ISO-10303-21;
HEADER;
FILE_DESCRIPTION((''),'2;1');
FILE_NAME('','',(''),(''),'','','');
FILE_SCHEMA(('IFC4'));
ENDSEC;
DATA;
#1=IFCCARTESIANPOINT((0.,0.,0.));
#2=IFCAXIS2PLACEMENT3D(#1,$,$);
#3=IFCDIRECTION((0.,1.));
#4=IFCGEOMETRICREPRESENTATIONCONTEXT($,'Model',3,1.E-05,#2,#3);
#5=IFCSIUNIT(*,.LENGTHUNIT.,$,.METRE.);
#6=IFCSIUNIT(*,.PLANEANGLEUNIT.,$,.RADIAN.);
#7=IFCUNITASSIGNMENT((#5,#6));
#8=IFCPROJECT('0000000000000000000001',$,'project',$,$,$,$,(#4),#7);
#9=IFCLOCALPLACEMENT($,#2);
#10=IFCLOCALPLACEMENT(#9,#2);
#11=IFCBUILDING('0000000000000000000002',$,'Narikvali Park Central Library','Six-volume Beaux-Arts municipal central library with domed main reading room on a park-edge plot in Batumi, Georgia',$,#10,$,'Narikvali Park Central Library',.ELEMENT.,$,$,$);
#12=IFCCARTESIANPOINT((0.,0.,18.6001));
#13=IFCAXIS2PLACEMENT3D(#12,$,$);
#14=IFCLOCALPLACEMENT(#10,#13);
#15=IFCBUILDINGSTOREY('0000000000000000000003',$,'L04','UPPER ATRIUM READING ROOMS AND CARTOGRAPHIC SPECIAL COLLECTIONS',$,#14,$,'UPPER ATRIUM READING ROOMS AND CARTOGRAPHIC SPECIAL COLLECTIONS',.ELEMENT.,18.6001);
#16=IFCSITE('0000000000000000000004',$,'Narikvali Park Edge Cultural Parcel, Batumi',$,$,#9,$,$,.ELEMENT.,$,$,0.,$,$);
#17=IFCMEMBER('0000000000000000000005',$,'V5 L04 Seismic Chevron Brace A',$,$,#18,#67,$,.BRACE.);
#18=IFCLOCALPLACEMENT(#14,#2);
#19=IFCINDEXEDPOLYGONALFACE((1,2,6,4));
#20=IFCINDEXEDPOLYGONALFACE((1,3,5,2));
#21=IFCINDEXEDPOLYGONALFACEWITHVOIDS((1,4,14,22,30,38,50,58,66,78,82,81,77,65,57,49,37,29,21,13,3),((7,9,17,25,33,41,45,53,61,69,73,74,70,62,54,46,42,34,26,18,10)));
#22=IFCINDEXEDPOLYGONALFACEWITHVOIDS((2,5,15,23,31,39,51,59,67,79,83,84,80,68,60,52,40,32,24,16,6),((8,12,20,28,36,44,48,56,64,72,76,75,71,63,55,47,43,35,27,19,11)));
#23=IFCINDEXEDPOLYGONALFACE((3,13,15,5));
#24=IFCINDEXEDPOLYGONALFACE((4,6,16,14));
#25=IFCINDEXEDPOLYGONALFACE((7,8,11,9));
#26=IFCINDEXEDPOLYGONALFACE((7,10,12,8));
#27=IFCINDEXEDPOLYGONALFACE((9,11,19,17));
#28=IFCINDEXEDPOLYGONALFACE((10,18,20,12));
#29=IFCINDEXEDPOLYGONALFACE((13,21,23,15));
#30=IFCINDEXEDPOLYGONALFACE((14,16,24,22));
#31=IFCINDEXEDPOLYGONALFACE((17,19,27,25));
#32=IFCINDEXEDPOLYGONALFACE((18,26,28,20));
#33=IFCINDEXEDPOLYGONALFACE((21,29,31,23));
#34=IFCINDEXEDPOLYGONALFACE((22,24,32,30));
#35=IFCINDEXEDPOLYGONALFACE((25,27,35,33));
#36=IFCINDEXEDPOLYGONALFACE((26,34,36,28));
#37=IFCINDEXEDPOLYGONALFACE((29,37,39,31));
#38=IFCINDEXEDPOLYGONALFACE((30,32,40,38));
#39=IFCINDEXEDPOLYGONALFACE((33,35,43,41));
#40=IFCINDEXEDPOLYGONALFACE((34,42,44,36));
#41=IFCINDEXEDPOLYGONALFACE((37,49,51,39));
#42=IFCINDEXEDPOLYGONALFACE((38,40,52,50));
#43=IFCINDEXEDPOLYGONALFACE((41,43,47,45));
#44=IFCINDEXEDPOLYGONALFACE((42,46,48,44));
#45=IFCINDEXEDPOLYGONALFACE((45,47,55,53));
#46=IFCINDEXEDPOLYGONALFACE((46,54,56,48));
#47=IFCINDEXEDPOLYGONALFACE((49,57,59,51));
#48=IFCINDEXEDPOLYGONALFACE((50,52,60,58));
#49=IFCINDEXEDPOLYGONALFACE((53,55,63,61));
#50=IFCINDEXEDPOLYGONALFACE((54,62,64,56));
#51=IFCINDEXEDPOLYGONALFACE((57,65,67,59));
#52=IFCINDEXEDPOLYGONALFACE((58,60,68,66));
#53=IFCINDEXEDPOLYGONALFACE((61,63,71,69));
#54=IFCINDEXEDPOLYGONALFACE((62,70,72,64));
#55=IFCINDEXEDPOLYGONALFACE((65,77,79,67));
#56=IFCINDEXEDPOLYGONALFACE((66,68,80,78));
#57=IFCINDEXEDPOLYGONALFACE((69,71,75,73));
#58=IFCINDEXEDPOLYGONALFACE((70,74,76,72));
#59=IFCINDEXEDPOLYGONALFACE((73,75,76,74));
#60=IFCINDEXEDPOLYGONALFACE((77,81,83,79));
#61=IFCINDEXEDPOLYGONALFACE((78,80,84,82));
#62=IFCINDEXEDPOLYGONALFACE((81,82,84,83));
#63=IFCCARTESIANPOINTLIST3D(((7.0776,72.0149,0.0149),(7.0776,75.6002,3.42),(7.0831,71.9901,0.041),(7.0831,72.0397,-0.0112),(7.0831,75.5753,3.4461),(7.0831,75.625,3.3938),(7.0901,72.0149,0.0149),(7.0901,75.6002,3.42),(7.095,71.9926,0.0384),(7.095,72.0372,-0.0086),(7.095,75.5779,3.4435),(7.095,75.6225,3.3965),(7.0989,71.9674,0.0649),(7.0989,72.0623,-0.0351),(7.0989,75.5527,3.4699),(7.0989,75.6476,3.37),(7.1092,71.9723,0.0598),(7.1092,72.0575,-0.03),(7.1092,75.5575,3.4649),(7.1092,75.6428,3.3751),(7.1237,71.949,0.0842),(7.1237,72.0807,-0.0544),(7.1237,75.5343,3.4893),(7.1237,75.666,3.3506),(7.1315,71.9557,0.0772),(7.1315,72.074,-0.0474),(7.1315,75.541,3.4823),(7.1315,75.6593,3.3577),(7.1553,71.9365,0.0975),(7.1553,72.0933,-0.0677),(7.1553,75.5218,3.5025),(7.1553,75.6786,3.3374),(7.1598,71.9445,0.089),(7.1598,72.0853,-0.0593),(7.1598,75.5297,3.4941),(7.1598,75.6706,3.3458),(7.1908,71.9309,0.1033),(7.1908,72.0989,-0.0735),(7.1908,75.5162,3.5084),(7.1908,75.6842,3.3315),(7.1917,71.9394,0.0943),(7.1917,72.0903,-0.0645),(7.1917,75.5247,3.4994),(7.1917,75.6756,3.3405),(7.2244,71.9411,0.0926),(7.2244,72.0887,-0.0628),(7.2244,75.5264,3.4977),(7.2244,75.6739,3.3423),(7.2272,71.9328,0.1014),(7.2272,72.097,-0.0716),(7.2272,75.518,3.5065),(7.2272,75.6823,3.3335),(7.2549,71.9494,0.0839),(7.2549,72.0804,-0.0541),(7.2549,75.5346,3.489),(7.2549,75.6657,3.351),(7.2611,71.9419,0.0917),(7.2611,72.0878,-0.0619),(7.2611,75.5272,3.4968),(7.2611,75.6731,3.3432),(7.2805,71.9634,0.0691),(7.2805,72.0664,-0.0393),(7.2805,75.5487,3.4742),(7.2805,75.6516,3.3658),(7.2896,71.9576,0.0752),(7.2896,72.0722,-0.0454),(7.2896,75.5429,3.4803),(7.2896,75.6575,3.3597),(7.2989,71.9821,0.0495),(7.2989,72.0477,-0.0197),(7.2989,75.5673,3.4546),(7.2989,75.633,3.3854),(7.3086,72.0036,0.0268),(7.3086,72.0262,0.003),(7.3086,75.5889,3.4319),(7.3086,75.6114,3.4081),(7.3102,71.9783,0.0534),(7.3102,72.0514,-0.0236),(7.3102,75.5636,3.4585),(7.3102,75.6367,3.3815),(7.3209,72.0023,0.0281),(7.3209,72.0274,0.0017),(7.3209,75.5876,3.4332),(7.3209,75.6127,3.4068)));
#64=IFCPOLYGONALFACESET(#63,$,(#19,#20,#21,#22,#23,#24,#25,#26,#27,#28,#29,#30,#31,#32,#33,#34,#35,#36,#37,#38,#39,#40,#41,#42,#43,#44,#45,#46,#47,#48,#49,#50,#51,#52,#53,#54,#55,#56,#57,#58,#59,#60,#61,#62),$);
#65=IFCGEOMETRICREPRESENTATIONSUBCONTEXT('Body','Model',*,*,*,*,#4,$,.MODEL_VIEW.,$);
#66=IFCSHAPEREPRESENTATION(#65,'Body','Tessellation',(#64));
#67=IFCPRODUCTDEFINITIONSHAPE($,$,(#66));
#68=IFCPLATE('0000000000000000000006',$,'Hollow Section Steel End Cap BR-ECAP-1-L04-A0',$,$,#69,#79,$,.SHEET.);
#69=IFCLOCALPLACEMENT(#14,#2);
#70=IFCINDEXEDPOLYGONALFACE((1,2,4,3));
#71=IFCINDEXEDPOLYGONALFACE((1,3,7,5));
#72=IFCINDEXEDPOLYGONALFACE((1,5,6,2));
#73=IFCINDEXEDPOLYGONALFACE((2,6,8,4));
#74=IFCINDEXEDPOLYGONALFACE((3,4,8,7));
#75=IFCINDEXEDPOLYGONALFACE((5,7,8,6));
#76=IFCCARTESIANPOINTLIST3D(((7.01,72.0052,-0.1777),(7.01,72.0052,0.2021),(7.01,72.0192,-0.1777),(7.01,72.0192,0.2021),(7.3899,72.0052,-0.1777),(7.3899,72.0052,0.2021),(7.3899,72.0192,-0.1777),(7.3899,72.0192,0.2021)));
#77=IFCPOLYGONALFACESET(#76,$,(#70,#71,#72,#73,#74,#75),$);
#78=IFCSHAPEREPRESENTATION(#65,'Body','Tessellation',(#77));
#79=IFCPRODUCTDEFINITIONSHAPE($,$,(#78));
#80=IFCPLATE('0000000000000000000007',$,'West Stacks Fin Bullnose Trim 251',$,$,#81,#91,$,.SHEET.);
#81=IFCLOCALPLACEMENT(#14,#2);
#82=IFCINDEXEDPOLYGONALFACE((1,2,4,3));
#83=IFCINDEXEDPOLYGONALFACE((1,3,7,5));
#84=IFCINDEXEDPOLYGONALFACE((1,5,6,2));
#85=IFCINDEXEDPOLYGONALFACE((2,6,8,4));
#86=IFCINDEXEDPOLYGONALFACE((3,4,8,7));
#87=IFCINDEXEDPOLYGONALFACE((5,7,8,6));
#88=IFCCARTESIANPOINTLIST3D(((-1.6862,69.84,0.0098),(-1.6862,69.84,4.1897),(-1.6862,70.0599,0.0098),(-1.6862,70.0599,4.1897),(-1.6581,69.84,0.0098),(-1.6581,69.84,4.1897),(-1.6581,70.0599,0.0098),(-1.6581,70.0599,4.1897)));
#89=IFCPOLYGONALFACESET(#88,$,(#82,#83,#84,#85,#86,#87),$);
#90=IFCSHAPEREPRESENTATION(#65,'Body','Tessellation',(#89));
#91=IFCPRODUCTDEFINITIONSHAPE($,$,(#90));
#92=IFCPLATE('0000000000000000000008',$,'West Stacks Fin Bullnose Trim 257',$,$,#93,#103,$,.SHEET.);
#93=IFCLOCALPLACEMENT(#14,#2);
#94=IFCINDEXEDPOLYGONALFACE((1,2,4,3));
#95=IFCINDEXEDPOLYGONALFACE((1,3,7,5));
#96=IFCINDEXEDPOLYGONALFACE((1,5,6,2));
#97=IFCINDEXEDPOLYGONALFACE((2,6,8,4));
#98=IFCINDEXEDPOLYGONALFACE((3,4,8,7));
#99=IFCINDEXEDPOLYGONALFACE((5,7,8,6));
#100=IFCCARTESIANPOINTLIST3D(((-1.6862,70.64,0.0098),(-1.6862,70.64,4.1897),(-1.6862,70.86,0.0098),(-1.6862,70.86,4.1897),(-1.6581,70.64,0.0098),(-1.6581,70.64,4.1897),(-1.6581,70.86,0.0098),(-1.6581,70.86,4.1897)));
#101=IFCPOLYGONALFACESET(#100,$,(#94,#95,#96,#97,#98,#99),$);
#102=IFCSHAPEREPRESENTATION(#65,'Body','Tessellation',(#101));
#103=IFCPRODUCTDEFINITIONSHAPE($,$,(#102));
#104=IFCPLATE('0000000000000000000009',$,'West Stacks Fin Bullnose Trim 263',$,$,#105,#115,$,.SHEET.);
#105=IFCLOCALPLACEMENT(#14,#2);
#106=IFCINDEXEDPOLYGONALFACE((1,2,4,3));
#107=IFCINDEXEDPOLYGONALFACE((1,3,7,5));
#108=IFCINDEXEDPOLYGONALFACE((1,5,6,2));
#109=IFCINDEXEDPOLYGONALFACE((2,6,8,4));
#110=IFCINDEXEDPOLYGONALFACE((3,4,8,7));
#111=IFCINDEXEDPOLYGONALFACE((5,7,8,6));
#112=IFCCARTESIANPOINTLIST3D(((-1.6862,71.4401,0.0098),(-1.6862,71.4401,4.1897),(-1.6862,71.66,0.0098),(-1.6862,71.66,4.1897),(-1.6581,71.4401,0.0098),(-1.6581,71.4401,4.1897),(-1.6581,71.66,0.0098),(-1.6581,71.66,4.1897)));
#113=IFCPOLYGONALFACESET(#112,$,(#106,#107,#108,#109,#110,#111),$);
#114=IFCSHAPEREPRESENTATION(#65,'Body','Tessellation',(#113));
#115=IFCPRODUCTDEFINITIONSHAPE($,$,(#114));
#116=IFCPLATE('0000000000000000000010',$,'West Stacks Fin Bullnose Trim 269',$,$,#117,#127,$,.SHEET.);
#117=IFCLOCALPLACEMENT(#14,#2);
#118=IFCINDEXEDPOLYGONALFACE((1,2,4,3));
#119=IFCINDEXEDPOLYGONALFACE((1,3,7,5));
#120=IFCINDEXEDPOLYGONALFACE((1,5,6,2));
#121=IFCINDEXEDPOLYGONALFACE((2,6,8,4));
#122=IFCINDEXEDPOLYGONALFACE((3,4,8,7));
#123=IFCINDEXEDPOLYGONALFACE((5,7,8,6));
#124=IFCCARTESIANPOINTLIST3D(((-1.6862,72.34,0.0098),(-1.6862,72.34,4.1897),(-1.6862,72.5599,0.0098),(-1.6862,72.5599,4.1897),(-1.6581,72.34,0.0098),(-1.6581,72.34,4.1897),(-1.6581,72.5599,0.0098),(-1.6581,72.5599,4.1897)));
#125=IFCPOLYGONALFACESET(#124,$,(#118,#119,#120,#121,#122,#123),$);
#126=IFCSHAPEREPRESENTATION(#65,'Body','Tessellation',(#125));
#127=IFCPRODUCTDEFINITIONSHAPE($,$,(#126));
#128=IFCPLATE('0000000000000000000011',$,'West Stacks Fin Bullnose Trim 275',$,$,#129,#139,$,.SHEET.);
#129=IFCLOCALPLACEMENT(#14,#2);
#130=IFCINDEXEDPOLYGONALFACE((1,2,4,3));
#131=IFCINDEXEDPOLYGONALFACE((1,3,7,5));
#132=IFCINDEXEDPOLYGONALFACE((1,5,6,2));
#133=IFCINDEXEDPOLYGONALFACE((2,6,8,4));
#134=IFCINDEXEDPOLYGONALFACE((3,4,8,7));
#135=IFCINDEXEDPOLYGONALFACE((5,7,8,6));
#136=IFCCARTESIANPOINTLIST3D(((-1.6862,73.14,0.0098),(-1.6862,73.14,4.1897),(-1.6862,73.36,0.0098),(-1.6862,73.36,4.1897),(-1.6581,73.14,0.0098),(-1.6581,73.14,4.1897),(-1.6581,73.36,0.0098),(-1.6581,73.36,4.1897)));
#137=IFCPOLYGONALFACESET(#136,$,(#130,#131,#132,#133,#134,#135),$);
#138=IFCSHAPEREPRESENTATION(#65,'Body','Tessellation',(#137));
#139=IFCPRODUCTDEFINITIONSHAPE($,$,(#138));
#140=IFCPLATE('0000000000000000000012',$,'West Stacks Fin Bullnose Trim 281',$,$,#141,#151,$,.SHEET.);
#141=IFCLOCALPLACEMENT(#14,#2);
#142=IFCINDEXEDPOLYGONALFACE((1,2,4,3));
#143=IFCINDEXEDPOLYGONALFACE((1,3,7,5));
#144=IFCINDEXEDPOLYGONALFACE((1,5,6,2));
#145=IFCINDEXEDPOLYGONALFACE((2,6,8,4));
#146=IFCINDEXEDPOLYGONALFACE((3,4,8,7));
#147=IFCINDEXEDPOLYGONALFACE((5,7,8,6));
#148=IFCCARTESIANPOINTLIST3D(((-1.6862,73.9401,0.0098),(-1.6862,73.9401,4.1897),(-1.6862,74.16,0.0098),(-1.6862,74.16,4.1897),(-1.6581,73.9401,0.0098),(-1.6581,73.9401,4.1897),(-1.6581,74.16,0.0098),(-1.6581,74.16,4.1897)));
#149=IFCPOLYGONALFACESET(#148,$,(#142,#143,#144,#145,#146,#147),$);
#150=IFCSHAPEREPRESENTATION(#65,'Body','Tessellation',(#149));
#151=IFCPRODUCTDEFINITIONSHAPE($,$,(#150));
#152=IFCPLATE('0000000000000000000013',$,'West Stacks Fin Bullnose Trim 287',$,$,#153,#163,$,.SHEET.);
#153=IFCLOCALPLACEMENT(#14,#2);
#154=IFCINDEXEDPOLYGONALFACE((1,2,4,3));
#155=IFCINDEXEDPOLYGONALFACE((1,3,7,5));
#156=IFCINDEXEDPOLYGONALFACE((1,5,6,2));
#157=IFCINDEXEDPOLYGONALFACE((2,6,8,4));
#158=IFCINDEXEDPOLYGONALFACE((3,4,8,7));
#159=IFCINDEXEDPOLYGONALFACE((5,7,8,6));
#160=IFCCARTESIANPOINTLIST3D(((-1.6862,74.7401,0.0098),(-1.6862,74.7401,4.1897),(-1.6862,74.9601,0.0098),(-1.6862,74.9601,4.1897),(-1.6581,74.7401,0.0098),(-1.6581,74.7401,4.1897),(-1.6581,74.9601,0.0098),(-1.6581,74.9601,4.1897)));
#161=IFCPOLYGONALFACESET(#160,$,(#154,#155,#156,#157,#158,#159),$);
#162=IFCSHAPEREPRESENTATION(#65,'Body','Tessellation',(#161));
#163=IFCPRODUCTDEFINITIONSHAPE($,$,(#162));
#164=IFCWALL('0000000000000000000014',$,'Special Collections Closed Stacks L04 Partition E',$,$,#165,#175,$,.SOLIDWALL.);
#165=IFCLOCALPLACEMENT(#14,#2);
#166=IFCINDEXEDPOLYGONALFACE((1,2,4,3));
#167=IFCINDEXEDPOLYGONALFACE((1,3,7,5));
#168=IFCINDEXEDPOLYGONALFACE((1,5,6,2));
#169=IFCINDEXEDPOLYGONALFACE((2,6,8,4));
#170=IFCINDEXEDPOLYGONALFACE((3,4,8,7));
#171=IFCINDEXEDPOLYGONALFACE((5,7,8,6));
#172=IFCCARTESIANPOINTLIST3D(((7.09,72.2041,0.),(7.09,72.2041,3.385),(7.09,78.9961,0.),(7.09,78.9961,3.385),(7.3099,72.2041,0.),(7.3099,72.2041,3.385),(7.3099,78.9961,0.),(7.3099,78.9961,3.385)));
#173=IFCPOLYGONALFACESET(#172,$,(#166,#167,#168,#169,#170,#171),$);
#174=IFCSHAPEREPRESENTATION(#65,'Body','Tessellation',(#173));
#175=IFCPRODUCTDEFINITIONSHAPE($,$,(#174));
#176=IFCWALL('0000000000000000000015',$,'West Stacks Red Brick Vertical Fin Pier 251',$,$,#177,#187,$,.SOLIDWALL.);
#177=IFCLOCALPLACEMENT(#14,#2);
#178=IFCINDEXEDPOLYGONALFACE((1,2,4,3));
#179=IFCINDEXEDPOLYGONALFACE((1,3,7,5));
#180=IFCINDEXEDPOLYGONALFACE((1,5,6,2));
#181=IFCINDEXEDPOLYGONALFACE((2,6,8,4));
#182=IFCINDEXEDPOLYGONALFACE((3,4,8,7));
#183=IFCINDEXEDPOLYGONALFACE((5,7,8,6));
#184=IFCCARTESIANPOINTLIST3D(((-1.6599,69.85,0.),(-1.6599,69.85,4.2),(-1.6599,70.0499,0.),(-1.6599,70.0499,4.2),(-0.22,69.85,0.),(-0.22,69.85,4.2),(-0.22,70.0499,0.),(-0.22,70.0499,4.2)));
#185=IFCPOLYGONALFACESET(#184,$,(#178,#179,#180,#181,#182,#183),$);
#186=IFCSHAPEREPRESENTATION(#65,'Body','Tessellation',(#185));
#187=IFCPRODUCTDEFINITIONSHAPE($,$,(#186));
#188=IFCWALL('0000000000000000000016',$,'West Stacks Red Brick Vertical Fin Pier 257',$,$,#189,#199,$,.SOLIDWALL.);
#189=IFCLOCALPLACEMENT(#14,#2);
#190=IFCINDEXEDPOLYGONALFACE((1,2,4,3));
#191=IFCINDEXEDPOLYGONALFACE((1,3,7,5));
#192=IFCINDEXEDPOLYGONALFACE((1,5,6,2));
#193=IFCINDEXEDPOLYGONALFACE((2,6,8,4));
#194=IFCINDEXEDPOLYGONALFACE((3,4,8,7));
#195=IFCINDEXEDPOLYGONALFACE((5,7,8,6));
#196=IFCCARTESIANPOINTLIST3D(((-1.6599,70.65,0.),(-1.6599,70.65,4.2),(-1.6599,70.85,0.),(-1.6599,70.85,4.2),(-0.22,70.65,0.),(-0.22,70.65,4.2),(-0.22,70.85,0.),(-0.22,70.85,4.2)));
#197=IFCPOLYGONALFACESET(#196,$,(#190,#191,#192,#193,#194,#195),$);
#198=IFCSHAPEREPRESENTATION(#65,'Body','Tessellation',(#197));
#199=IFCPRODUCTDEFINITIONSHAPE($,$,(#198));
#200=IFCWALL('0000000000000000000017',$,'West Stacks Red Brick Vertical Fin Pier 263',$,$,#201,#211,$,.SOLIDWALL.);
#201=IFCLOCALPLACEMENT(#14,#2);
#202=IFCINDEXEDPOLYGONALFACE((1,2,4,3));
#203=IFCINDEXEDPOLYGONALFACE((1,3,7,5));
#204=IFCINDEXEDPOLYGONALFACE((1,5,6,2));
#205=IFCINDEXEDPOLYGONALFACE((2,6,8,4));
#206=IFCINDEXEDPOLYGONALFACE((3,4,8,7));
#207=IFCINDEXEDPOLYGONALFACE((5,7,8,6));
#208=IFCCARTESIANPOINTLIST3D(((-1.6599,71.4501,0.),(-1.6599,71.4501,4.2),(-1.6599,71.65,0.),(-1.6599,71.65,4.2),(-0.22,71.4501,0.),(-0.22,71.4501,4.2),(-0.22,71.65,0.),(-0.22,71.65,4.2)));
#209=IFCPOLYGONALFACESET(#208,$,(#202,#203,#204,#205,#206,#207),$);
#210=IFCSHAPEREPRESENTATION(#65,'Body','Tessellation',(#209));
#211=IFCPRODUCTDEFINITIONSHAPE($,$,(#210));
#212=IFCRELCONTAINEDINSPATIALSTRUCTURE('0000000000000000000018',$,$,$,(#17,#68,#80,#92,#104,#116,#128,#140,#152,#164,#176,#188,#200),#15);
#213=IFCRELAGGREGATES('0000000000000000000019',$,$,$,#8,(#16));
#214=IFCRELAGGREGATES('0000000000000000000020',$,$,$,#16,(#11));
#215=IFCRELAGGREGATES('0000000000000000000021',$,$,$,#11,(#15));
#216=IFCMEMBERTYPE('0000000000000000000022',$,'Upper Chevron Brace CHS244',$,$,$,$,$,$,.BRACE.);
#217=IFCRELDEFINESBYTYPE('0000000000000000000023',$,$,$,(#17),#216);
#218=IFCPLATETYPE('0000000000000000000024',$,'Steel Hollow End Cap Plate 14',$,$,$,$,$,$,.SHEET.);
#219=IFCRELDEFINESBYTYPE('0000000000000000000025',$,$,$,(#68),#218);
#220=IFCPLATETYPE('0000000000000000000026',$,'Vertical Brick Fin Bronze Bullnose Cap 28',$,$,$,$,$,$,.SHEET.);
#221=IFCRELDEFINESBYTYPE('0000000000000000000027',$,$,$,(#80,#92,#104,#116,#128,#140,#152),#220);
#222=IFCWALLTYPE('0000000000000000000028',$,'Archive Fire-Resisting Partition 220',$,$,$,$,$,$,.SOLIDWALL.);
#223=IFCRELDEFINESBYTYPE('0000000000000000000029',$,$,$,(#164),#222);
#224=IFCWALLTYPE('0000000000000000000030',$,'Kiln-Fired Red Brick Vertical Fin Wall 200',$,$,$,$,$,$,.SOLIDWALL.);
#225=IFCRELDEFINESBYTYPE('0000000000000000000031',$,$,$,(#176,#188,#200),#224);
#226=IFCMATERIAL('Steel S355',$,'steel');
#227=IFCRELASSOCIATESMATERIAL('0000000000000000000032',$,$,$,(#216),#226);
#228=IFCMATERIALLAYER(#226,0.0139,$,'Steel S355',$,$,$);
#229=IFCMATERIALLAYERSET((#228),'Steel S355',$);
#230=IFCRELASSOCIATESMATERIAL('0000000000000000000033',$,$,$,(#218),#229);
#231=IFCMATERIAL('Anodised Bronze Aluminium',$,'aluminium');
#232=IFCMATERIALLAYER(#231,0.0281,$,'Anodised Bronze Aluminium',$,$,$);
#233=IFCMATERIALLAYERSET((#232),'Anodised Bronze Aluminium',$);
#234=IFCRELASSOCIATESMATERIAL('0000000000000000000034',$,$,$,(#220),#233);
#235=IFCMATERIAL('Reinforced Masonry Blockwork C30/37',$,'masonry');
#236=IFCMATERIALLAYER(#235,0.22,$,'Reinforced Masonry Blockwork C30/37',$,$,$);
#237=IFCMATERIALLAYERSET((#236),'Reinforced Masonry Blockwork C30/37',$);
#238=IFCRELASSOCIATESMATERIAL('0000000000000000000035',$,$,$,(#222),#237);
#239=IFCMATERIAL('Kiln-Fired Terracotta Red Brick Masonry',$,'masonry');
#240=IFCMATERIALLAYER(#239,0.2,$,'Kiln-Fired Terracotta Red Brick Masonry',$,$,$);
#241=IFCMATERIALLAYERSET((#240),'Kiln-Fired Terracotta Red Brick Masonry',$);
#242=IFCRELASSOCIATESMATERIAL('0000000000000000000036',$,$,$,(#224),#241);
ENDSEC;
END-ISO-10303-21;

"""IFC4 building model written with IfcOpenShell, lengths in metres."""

from ifc_helpers import new_model, si_unit, direction, frame, frame_2d, origin, origin_2d, place, context, subcontext, project, spatial, rectangle, hollow_circle, extrude, material, layer, layer_set, material_profile, profile_set, type_object, element, save


model = new_model("IFC4")

# Units and contexts
model_context = context("Model", 3, precision=1e-05, world=origin(), true_north=direction((0.0, 1.0)))
body_context = subcontext(model_context, "Body", "Model", "MODEL_VIEW")
ifc_project = project(units=[si_unit("LENGTHUNIT", "METRE"), si_unit("PLANEANGLEUNIT", "RADIAN")], contexts=[model_context])

# Site, building, storey
site_placement = place(None, origin())
site = spatial("IfcSite", under=ifc_project, at=site_placement, Name="Narikvali Park Edge Cultural Parcel, Batumi", CompositionType="ELEMENT", RefElevation=0.0)
building_placement = place(site_placement, origin())
building = spatial("IfcBuilding", under=site, at=building_placement, Name="Narikvali Park Central Library", Description="Six-volume Beaux-Arts municipal central library with domed main reading room on a park-edge plot in Batumi, Georgia", LongName="Narikvali Park Central Library", CompositionType="ELEMENT")
storey_placement = place(building_placement, frame((0.0, 0.0, 18.6001)))
storey = spatial("IfcBuildingStorey", under=building, at=storey_placement, Name="L04", Description="UPPER ATRIUM READING ROOMS AND CARTOGRAPHIC SPECIAL COLLECTIONS", LongName="UPPER ATRIUM READING ROOMS AND CARTOGRAPHIC SPECIAL COLLECTIONS", CompositionType="ELEMENT", Elevation=18.6001)

# Shared definitions
ifc_material_1 = material(Name="Steel S355", Category="steel")

# Member
ifc_material_profile_1 = material_profile(ifc_material_1, hollow_circle(Radius=0.1223, WallThickness=0.0125, at=origin_2d()), Name="CHS 244.5x12.5")
ifc_profile_set_1 = profile_set([ifc_material_profile_1], Name="Steel S355")
member_type = type_object("IfcMemberType", Name="Upper Chevron Brace CHS244", PredefinedType="BRACE", material=ifc_profile_set_1)
member_placement = place(storey_placement, frame((7.2, 72.0149, 0.0149), z_axis=(0.0, 0.725092, 0.688652), x_axis=(-1.0, 0.0, 0.0)))
element("IfcMember", 1, at=member_placement, inside=storey, type_object=member_type, Name="V5 L04 Seismic Chevron Brace A", PredefinedType="BRACE", context=body_context, shape_type="SweptSolid", body=[
    extrude(hollow_circle(Radius=0.1223, WallThickness=0.0125, at=origin_2d()), origin(), (0.0, 0.0, 1.0), 4.9446),
])

# Plates
ifc_layer_1 = layer(ifc_material_1, 0.0139, Name="Steel S355")
ifc_layer_set_1 = layer_set([ifc_layer_1], Name="Steel S355")
plate_type_1 = type_object("IfcPlateType", Name="Steel Hollow End Cap Plate 14", PredefinedType="SHEET", material=ifc_layer_set_1)
plate_placement = place(storey_placement, frame((7.2, 72.0122, -0.1777), z_axis=(0.0, 0.0, 1.0), x_axis=(-1.0, 0.0, 0.0)))
element("IfcPlate", 2, at=plate_placement, inside=storey, type_object=plate_type_1, Name="Hollow Section Steel End Cap BR-ECAP-1-L04-A0", PredefinedType="SHEET", context=body_context, shape_type="SweptSolid", body=[
    extrude(rectangle(XDim=0.3799, YDim=0.0139, at=origin_2d()), origin(), (0.0, 0.0, 1.0), 0.3799),
])
ifc_material_2 = material(Name="Anodised Bronze Aluminium", Category="aluminium")
ifc_layer_2 = layer(ifc_material_2, 0.0281, Name="Anodised Bronze Aluminium")
ifc_layer_set_2 = layer_set([ifc_layer_2], Name="Anodised Bronze Aluminium")
plate_type_2 = type_object("IfcPlateType", Name="Vertical Brick Fin Bronze Bullnose Cap 28", PredefinedType="SHEET", material=ifc_layer_set_2)
for number, where, z_axis, x_axis, name in (
    (3, (-1.6721, 69.95, 0.0098), (0.0, 0.0, 1.0), (1.0, 0.0, 0.0), "West Stacks Fin Bullnose Trim 251"),
    (4, (-1.6721, 70.75, 0.0098), (0.0, 0.0, 1.0), (1.0, 0.0, 0.0), "West Stacks Fin Bullnose Trim 257"),
    (5, (-1.6721, 71.55, 0.0098), (0.0, 0.0, 1.0), (1.0, 0.0, 0.0), "West Stacks Fin Bullnose Trim 263"),
    (6, (-1.6721, 72.45, 0.0098), (0.0, 0.0, 1.0), (1.0, 0.0, 0.0), "West Stacks Fin Bullnose Trim 269"),
    (7, (-1.6721, 73.25, 0.0098), (0.0, 0.0, 1.0), (1.0, 0.0, 0.0), "West Stacks Fin Bullnose Trim 275"),
    (8, (-1.6721, 74.05, 0.0098), (0.0, 0.0, 1.0), (1.0, 0.0, 0.0), "West Stacks Fin Bullnose Trim 281"),
    (9, (-1.6721, 74.8501, 0.0098), (0.0, 0.0, 1.0), (1.0, 0.0, 0.0), "West Stacks Fin Bullnose Trim 287"),
):
    element("IfcPlate", number, at=place(storey_placement, frame(where, z_axis=z_axis, x_axis=x_axis)), inside=storey, type_object=plate_type_2, Name=name, PredefinedType="SHEET", context=body_context, shape_type="SweptSolid", body=[
        extrude(rectangle(XDim=0.0281, YDim=0.22, at=origin_2d()), origin(), (0.0, 0.0, 1.0), 4.1799),
    ])

# Walls
ifc_material_3 = material(Name="Reinforced Masonry Blockwork C30/37", Category="masonry")
ifc_layer_3 = layer(ifc_material_3, 0.22, Name="Reinforced Masonry Blockwork C30/37")
ifc_layer_set_3 = layer_set([ifc_layer_3], Name="Reinforced Masonry Blockwork C30/37")
wall_type_1 = type_object("IfcWallType", Name="Archive Fire-Resisting Partition 220", PredefinedType="SOLIDWALL", material=ifc_layer_set_3)
wall_1_placement = place(storey_placement, frame((7.2, 72.2041, 0.0), z_axis=(0.0, 0.0, 1.0), x_axis=(0.0, 1.0, 0.0)))
element("IfcWall", 10, at=wall_1_placement, inside=storey, type_object=wall_type_1, Name="Special Collections Closed Stacks L04 Partition E", PredefinedType="SOLIDWALL", context=body_context, shape_type="SweptSolid", body=[
    extrude(rectangle(XDim=6.792, YDim=0.22, at=frame_2d((3.396, 0.0))), origin(), (0.0, 0.0, 1.0), 3.385),
])
ifc_material_4 = material(Name="Kiln-Fired Terracotta Red Brick Masonry", Category="masonry")
ifc_layer_4 = layer(ifc_material_4, 0.2, Name="Kiln-Fired Terracotta Red Brick Masonry")
ifc_layer_set_4 = layer_set([ifc_layer_4], Name="Kiln-Fired Terracotta Red Brick Masonry")
wall_type_2 = type_object("IfcWallType", Name="Kiln-Fired Red Brick Vertical Fin Wall 200", PredefinedType="SOLIDWALL", material=ifc_layer_set_4)
for number, where, z_axis, x_axis, name in (
    (11, (-1.6599, 69.95, 0.0), (0.0, 0.0, 1.0), (1.0, 0.0, 0.0), "West Stacks Red Brick Vertical Fin Pier 251"),
    (12, (-1.6599, 70.75, 0.0), (0.0, 0.0, 1.0), (1.0, 0.0, 0.0), "West Stacks Red Brick Vertical Fin Pier 257"),
    (13, (-1.6599, 71.55, 0.0), (0.0, 0.0, 1.0), (1.0, 0.0, 0.0), "West Stacks Red Brick Vertical Fin Pier 263"),
):
    element("IfcWall", number, at=place(storey_placement, frame(where, z_axis=z_axis, x_axis=x_axis)), inside=storey, type_object=wall_type_2, Name=name, PredefinedType="SOLIDWALL", context=body_context, shape_type="SweptSolid", body=[
        extrude(rectangle(XDim=1.4399, YDim=0.2, at=frame_2d((0.72, 0.0))), origin(), (0.0, 0.0, 1.0), 4.2),
    ])

save(model, "model.ifc")
